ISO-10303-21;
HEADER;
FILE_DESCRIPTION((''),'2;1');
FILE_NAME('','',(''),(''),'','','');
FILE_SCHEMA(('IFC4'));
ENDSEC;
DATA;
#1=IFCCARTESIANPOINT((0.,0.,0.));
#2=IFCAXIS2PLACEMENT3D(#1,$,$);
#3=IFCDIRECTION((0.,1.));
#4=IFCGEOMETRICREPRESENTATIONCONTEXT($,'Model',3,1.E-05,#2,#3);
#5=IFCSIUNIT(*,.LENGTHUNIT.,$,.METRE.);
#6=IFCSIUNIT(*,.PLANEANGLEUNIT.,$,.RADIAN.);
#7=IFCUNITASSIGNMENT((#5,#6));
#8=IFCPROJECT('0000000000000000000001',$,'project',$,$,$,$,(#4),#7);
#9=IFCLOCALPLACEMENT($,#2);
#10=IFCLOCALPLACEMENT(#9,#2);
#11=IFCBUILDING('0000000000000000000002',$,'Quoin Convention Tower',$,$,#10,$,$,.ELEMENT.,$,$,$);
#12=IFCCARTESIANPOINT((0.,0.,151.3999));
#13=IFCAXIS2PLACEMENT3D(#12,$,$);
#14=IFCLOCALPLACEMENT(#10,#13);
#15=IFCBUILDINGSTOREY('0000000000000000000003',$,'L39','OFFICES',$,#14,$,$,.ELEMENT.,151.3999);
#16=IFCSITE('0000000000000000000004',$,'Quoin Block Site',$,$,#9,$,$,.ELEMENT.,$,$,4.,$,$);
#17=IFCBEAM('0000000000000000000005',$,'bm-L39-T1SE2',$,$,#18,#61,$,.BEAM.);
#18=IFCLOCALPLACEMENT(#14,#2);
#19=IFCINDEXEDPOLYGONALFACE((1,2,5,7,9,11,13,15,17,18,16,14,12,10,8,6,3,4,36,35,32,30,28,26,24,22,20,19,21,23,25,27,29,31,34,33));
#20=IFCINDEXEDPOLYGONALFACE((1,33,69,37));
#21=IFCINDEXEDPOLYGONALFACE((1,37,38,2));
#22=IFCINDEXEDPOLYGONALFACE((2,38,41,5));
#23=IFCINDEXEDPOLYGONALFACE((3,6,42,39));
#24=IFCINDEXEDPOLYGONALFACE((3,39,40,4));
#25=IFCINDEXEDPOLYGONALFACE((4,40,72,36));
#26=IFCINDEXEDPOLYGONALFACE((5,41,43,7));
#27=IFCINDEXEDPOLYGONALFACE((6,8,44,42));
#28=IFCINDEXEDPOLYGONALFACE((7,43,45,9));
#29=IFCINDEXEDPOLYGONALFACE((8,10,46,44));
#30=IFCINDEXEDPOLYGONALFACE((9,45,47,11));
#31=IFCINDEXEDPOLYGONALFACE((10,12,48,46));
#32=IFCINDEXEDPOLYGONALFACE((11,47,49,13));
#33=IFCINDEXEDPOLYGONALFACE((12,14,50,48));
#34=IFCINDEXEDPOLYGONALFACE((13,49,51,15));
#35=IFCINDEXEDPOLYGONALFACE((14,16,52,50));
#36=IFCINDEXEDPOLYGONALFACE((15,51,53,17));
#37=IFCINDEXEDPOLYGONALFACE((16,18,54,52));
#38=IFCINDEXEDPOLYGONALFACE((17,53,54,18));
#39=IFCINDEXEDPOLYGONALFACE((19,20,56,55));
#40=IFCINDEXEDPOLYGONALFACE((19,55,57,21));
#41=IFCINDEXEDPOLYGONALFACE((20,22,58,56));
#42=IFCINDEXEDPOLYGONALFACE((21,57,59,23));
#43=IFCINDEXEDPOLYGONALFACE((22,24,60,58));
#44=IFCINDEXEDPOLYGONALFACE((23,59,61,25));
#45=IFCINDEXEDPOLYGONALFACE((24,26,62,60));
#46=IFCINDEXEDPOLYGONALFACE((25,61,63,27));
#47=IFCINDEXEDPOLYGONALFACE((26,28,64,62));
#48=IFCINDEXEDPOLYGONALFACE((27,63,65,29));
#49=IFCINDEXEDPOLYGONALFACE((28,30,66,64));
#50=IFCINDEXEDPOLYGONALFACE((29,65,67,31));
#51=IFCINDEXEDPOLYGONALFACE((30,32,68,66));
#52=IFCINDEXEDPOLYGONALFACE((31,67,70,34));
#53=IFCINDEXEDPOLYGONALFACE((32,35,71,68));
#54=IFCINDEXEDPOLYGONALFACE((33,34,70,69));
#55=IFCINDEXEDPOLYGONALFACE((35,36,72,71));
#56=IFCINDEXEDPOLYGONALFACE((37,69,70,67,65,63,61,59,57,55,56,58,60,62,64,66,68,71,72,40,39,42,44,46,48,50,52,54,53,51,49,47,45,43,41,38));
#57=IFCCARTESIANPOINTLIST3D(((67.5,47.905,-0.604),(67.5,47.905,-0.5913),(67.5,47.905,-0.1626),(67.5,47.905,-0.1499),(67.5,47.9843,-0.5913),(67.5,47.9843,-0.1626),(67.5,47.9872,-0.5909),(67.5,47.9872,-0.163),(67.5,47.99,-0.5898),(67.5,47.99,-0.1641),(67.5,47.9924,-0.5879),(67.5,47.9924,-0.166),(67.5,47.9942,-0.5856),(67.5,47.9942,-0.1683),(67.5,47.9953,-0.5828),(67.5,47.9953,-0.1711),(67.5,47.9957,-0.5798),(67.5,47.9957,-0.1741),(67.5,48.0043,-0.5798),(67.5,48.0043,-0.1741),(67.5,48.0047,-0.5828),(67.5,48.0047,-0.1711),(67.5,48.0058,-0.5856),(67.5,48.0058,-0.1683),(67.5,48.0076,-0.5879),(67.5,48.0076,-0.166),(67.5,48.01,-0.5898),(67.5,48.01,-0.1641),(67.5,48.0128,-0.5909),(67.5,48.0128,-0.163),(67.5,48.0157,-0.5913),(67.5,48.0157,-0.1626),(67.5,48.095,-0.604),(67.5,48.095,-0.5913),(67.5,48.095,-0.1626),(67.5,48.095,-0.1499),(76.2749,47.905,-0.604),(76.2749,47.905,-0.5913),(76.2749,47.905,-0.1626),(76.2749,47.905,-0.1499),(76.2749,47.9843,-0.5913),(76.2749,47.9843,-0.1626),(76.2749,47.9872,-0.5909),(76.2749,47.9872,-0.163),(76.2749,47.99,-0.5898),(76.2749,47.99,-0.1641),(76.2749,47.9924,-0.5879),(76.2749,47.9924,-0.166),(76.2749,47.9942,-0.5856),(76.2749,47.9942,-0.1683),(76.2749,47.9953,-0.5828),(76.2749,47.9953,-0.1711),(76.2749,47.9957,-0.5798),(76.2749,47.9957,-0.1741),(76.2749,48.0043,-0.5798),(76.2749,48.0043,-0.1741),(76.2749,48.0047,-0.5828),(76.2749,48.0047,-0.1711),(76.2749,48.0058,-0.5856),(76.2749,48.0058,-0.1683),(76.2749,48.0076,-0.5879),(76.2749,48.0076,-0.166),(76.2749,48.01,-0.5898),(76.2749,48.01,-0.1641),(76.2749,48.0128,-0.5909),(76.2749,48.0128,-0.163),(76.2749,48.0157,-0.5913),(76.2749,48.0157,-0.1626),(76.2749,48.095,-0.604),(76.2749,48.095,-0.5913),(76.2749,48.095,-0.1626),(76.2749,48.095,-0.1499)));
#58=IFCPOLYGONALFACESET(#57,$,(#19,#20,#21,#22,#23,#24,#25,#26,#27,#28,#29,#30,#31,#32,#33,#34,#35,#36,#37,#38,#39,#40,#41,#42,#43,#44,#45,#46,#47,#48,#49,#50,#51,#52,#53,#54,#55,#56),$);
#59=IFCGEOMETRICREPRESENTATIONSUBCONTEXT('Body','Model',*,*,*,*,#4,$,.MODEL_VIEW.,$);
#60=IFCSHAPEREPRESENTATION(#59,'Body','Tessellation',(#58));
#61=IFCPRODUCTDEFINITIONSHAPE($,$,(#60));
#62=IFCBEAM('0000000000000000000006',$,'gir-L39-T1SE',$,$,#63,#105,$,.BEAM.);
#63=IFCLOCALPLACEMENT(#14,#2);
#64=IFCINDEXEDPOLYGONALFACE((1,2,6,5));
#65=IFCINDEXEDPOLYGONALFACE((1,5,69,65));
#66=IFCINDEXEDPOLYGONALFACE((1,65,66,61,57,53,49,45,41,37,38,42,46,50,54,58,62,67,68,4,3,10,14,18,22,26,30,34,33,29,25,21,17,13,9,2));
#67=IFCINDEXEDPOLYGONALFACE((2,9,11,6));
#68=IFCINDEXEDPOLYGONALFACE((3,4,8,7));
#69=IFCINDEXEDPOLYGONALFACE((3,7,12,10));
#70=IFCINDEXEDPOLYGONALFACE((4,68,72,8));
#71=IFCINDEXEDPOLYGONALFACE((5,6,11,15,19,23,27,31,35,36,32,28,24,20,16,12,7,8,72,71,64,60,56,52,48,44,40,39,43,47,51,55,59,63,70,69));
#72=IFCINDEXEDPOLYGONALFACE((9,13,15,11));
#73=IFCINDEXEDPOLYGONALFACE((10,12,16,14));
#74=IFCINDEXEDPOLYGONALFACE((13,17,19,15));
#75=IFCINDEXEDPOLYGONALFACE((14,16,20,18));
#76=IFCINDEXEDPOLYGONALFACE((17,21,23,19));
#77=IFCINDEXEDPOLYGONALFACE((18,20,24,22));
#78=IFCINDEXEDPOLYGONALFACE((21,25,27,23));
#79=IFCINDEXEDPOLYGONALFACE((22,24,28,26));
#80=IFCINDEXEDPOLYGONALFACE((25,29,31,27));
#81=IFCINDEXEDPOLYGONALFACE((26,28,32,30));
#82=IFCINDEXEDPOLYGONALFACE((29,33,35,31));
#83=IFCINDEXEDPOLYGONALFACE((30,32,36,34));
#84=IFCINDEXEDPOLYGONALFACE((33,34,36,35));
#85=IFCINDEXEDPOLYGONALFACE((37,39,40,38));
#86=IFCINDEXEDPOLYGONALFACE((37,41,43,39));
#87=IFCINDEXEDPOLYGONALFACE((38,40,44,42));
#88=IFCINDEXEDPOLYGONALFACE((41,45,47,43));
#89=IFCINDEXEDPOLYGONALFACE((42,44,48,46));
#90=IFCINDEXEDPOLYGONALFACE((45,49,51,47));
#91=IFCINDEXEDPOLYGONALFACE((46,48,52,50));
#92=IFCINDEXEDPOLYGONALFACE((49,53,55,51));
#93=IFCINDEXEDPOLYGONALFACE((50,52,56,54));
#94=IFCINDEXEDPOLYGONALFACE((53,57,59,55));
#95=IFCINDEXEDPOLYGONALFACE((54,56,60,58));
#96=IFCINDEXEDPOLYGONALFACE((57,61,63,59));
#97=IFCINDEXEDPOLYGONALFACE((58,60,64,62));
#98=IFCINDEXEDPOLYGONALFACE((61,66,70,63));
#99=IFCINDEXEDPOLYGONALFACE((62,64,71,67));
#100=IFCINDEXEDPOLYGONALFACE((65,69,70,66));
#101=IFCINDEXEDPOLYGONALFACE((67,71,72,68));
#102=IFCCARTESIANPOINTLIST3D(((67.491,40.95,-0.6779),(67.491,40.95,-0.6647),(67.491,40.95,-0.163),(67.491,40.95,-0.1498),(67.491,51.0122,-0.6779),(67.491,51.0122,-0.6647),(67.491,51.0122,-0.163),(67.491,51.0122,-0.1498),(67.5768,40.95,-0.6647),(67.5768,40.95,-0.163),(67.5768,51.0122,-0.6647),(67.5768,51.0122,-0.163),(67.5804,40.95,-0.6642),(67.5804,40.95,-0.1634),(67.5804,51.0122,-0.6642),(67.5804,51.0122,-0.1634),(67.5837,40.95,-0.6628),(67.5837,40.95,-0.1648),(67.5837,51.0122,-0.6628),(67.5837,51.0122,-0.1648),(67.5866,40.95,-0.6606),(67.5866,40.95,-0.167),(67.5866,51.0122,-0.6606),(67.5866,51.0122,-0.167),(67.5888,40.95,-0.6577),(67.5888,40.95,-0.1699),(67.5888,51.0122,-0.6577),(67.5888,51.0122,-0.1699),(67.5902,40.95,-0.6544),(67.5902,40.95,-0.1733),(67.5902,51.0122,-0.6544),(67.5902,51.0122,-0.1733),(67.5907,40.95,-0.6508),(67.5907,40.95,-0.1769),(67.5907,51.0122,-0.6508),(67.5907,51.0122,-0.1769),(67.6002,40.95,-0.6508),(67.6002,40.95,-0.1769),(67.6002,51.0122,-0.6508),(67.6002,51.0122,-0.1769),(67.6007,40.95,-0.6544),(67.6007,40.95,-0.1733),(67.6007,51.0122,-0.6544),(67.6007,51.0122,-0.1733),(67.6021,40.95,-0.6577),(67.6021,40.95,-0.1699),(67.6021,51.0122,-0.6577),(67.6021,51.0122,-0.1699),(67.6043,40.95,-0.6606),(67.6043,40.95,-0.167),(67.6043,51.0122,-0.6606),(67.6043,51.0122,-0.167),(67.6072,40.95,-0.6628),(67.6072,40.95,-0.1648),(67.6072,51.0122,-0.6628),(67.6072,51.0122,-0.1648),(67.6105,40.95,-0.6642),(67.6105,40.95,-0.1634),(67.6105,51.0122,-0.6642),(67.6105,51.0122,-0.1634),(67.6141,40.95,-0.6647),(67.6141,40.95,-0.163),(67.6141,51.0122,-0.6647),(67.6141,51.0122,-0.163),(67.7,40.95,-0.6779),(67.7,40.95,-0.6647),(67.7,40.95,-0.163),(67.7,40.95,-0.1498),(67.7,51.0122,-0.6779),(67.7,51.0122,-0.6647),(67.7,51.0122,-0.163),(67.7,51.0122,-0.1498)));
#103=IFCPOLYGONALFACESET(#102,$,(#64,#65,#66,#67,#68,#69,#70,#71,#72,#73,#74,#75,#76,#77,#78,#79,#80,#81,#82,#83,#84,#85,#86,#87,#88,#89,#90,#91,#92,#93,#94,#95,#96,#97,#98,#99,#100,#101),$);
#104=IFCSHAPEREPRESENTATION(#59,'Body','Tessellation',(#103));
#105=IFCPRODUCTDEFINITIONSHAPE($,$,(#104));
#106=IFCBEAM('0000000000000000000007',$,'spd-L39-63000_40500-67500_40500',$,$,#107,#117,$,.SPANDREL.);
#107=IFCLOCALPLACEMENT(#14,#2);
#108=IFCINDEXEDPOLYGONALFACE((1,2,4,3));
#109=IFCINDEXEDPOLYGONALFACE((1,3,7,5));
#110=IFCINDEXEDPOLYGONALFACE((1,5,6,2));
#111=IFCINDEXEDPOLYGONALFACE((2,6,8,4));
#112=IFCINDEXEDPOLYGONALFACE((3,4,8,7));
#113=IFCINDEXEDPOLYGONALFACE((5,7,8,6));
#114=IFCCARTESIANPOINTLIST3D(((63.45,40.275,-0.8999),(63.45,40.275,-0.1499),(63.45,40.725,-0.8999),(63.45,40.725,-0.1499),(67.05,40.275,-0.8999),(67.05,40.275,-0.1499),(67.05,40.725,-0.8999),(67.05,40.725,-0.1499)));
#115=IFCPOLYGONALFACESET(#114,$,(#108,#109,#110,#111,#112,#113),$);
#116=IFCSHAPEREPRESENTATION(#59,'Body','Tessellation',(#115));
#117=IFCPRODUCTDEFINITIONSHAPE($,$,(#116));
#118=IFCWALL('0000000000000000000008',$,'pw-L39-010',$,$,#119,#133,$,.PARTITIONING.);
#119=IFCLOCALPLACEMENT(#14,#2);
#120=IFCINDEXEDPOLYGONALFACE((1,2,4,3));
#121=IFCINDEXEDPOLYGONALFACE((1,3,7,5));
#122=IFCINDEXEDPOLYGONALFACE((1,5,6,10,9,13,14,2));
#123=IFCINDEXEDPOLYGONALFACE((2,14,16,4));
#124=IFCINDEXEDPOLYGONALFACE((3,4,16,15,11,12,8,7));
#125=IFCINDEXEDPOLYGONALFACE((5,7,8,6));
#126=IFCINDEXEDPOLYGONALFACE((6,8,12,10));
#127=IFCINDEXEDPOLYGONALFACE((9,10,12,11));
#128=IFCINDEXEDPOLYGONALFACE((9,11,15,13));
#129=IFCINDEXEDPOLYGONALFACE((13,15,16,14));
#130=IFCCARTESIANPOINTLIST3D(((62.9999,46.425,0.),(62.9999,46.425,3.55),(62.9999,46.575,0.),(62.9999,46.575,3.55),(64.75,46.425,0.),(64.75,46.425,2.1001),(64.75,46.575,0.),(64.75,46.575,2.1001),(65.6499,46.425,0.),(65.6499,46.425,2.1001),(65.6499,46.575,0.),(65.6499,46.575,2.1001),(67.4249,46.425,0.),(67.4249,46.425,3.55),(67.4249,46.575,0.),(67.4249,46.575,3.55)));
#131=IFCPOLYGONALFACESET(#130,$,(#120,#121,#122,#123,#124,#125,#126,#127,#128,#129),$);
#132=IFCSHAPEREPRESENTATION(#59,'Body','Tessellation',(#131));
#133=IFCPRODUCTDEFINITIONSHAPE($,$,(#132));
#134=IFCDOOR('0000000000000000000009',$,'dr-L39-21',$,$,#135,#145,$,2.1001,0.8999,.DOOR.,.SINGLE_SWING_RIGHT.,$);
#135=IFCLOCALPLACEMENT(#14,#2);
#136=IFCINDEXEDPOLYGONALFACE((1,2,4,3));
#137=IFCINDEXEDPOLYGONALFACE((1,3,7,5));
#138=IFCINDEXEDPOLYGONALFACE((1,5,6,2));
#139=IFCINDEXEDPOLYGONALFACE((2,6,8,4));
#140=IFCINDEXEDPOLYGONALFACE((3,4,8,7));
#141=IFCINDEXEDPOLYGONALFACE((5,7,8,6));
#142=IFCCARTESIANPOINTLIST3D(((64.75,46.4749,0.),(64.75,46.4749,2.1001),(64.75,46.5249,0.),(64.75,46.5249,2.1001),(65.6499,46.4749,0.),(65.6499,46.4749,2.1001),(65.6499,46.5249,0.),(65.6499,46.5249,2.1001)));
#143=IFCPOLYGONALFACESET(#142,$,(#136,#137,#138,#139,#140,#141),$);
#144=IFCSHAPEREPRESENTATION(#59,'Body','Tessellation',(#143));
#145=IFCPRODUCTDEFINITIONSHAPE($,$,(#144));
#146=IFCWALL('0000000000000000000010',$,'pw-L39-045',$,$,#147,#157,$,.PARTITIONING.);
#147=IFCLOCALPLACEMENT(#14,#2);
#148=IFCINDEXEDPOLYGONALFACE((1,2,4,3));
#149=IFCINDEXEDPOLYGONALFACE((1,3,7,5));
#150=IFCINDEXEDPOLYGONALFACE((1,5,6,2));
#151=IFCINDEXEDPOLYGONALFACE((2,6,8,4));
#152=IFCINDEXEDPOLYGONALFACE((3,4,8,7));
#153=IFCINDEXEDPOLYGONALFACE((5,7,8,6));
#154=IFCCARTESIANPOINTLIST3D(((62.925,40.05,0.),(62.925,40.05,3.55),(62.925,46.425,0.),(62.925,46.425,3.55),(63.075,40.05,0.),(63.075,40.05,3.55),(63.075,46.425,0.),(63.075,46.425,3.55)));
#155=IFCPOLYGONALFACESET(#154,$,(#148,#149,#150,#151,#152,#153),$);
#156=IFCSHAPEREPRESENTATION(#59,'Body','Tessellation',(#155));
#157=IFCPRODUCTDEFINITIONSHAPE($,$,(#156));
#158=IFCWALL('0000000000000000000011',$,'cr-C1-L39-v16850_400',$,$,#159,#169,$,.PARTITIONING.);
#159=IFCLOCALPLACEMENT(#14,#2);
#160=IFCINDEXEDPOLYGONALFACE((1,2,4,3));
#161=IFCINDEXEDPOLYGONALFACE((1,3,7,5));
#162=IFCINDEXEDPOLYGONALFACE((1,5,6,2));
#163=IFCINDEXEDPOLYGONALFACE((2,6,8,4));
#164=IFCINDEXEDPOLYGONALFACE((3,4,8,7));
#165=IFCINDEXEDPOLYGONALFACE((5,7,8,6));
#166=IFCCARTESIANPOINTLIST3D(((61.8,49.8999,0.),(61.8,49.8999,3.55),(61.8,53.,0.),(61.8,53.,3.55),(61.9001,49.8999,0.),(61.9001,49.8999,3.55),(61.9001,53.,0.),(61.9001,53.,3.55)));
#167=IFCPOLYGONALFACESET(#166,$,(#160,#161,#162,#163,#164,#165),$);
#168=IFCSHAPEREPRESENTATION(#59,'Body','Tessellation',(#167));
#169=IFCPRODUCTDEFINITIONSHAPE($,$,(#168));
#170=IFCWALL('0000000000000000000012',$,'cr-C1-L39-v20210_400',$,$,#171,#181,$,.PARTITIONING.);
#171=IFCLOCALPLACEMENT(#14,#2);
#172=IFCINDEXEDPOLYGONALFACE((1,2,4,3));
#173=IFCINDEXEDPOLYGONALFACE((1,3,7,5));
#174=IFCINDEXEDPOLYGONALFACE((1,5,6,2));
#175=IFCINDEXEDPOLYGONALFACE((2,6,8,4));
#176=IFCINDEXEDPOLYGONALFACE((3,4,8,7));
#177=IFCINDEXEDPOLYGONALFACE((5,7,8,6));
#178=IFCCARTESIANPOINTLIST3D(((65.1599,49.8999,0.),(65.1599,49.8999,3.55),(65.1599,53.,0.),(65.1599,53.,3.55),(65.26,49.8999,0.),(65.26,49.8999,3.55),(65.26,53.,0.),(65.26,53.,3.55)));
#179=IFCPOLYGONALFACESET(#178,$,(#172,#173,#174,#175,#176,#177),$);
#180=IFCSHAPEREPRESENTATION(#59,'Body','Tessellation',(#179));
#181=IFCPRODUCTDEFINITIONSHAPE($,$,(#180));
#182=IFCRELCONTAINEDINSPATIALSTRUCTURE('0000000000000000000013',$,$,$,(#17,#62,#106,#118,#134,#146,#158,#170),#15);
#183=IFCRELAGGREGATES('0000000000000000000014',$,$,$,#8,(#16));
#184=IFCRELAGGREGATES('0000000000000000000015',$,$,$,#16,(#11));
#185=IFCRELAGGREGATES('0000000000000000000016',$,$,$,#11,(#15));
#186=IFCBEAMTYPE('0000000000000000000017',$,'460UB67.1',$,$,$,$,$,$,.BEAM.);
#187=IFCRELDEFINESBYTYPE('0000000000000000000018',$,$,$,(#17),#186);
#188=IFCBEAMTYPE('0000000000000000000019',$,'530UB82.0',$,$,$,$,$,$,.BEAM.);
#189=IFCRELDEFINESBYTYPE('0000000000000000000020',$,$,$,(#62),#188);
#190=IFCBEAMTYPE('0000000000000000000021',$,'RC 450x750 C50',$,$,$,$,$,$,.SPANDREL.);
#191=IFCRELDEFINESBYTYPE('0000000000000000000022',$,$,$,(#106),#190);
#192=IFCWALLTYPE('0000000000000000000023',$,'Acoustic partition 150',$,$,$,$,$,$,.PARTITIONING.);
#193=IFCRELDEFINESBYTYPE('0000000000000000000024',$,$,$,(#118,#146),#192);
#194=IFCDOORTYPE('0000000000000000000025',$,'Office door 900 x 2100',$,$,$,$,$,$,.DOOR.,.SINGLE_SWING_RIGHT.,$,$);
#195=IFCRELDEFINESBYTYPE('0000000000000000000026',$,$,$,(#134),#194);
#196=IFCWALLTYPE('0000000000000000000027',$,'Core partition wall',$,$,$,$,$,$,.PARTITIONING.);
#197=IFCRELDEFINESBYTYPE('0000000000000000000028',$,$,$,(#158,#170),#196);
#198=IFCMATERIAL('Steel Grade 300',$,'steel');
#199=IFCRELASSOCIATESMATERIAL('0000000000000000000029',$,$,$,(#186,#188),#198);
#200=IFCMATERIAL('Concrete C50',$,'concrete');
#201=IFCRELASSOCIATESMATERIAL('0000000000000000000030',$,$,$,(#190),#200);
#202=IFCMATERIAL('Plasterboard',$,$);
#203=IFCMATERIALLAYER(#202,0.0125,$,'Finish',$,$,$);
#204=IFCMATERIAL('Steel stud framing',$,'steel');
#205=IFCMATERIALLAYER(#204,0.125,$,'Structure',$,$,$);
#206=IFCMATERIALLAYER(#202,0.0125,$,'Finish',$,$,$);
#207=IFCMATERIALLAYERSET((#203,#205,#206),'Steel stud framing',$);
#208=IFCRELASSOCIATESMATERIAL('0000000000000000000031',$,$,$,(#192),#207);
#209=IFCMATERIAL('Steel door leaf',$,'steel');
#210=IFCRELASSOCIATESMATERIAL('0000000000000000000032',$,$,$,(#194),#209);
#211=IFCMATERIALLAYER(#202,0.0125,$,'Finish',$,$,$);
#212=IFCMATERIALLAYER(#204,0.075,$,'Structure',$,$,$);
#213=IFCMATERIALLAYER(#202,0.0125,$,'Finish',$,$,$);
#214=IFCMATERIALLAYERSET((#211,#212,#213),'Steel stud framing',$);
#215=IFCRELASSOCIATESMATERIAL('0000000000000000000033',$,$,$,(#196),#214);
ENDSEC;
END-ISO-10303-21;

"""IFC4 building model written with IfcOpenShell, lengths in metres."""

from ifc_helpers import new_model, si_unit, direction, frame, frame_2d, origin, origin_2d, place, context, subcontext, project, spatial, rectangle, i_section, extrude, material, layer, layer_set, material_profile, profile_set, type_object, element, fill, save


model = new_model("IFC4")

# Units and contexts
model_context = context("Model", 3, precision=1e-05, world=origin(), true_north=direction((0.0, 1.0)))
body_context = subcontext(model_context, "Body", "Model", "MODEL_VIEW")
ifc_project = project(units=[si_unit("LENGTHUNIT", "METRE"), si_unit("PLANEANGLEUNIT", "RADIAN")], contexts=[model_context])

# Site, building, storey
site_placement = place(None, origin())
site = spatial("IfcSite", under=ifc_project, at=site_placement, Name="Quoin Block Site", CompositionType="ELEMENT", RefElevation=4.0)
building_placement = place(site_placement, origin())
building = spatial("IfcBuilding", under=site, at=building_placement, Name="Quoin Convention Tower", CompositionType="ELEMENT")
storey_placement = place(building_placement, frame((0.0, 0.0, 151.3999)))
storey = spatial("IfcBuildingStorey", under=building, at=storey_placement, Name="L39", Description="OFFICES", CompositionType="ELEMENT", Elevation=151.3999)

# Shared definitions
ifc_material_1 = material(Name="Concrete C50", Category="concrete")

# Beams
ifc_material_2 = material(Name="Steel Grade 300", Category="steel")
ifc_material_profile_1 = material_profile(ifc_material_2, i_section(OverallWidth=0.1899, OverallDepth=0.4541, WebThickness=0.0085, FlangeThickness=0.0127, FilletRadius=0.0115, at=origin_2d()), Name="460UB67.1")
ifc_profile_set_1 = profile_set([ifc_material_profile_1], Name="Steel Grade 300")
beam_type_1 = type_object("IfcBeamType", Name="460UB67.1", PredefinedType="BEAM", material=ifc_profile_set_1)
beam_1_placement = place(storey_placement, frame((67.5, 48.0, -0.377), z_axis=(1.0, 0.0, 0.0), x_axis=(0.0, 1.0, 0.0)))
element("IfcBeam", 1, at=beam_1_placement, inside=storey, type_object=beam_type_1, Name="bm-L39-T1SE2", PredefinedType="BEAM", context=body_context, shape_type="SweptSolid", body=[
    extrude(i_section(OverallWidth=0.1899, OverallDepth=0.4541, WebThickness=0.0085, FlangeThickness=0.0127, FilletRadius=0.0115, at=origin_2d()), origin(), (0.0, 0.0, 1.0), 8.7749),
])
ifc_material_profile_2 = material_profile(ifc_material_2, i_section(OverallWidth=0.209, OverallDepth=0.5281, WebThickness=0.0095, FlangeThickness=0.0132, FilletRadius=0.0139, at=origin_2d()), Name="530UB82.0")
ifc_profile_set_2 = profile_set([ifc_material_profile_2], Name="Steel Grade 300")
beam_type_2 = type_object("IfcBeamType", Name="530UB82.0", PredefinedType="BEAM", material=ifc_profile_set_2)
beam_2_placement = place(storey_placement, frame((67.5955, 40.95, -0.4138), z_axis=(0.0, 1.0, 0.0), x_axis=(-1.0, 0.0, 0.0)))
element("IfcBeam", 2, at=beam_2_placement, inside=storey, type_object=beam_type_2, Name="gir-L39-T1SE", PredefinedType="BEAM", context=body_context, shape_type="SweptSolid", body=[
    extrude(i_section(OverallWidth=0.209, OverallDepth=0.5281, WebThickness=0.0095, FlangeThickness=0.0132, FilletRadius=0.0139, at=origin_2d()), origin(), (0.0, 0.0, 1.0), 10.0623),
])
ifc_material_profile_3 = material_profile(ifc_material_1, rectangle(XDim=0.45, YDim=0.75, at=origin_2d()), Name="RC 450x750")
ifc_profile_set_3 = profile_set([ifc_material_profile_3], Name="Concrete C50")
beam_type_3 = type_object("IfcBeamType", Name="RC 450x750 C50", PredefinedType="SPANDREL", material=ifc_profile_set_3)
beam_3_placement = place(storey_placement, frame((63.45, 40.5, -0.5249), z_axis=(1.0, 0.0, 0.0), x_axis=(0.0, 1.0, 0.0)))
element("IfcBeam", 3, at=beam_3_placement, inside=storey, type_object=beam_type_3, Name="spd-L39-63000_40500-67500_40500", PredefinedType="SPANDREL", context=body_context, shape_type="SweptSolid", body=[
    extrude(rectangle(XDim=0.45, YDim=0.75, at=origin_2d()), origin(), (0.0, 0.0, 1.0), 3.6001),
])

# Wall, opening, door
ifc_material_3 = material(Name="Plasterboard")
ifc_layer_1 = layer(ifc_material_3, 0.0125, Name="Finish")
ifc_material_4 = material(Name="Steel stud framing", Category="steel")
ifc_layer_2 = layer(ifc_material_4, 0.125, Name="Structure")
ifc_layer_3 = layer(ifc_material_3, 0.0125, Name="Finish")
ifc_layer_set_1 = layer_set([ifc_layer_1, ifc_layer_2, ifc_layer_3], Name="Steel stud framing")
wall_type_1 = type_object("IfcWallType", Name="Acoustic partition 150", PredefinedType="PARTITIONING", material=ifc_layer_set_1)
wall_1_placement = place(storey_placement, frame((63.0, 46.5, 0.0), z_axis=(0.0, 0.0, 1.0), x_axis=(1.0, 0.0, 0.0)))
wall_1 = element("IfcWall", 4, at=wall_1_placement, inside=storey, type_object=wall_type_1, Name="pw-L39-010", PredefinedType="PARTITIONING", context=body_context, shape_type="SweptSolid", body=[
    extrude(rectangle(XDim=4.425, YDim=0.1499, at=frame_2d((2.2124, 0.0))), origin(), (0.0, 0.0, 1.0), 3.55),
])
opening_1_placement = place(wall_1_placement, frame((1.75, 0.0, 0.0)))
opening_1 = element("IfcOpeningElement", 5, at=opening_1_placement, cuts=wall_1, PredefinedType="OPENING", context=body_context, shape_type="SweptSolid", body=[
    extrude(rectangle(XDim=0.8999, YDim=2.1001, at=frame_2d((0.45, 1.05))), frame((0.0, 0.085, 0.0), z_axis=(0.0, -1.0, 0.0), x_axis=(1.0, 0.0, 0.0)), (0.0, 0.0, 1.0), 0.1699),
])
ifc_material_5 = material(Name="Steel door leaf", Category="steel")
door_type_1 = type_object("IfcDoorType", Name="Office door 900 x 2100", OperationType="SINGLE_SWING_RIGHT", PredefinedType="DOOR", material=ifc_material_5)
door_1_placement = place(opening_1_placement, origin())
door_1 = element("IfcDoor", 6, at=door_1_placement, inside=storey, type_object=door_type_1, Name="dr-L39-21", OperationType="SINGLE_SWING_RIGHT", OverallHeight=2.1001, OverallWidth=0.8999, PredefinedType="DOOR", context=body_context, shape_type="SweptSolid", body=[
    extrude(rectangle(XDim=0.8999, YDim=2.1001, at=frame_2d((0.45, 1.05))), frame((0.0, 0.0249, 0.0), z_axis=(0.0, -1.0, 0.0), x_axis=(1.0, 0.0, 0.0)), (0.0, 0.0, 1.0), 0.05),
])
fill(opening_1, door_1)

# Walls
wall_2_placement = place(storey_placement, frame((63.0, 40.05, 0.0), z_axis=(0.0, 0.0, 1.0), x_axis=(0.0, 1.0, 0.0)))
element("IfcWall", 7, at=wall_2_placement, inside=storey, type_object=wall_type_1, Name="pw-L39-045", PredefinedType="PARTITIONING", context=body_context, shape_type="SweptSolid", body=[
    extrude(rectangle(XDim=6.375, YDim=0.1499, at=frame_2d((3.1875, 0.0))), origin(), (0.0, 0.0, 1.0), 3.55),
])
ifc_layer_4 = layer(ifc_material_3, 0.0125, Name="Finish")
ifc_layer_5 = layer(ifc_material_4, 0.075, Name="Structure")
ifc_layer_6 = layer(ifc_material_3, 0.0125, Name="Finish")
ifc_layer_set_2 = layer_set([ifc_layer_4, ifc_layer_5, ifc_layer_6], Name="Steel stud framing")
wall_type_2 = type_object("IfcWallType", Name="Core partition wall", PredefinedType="PARTITIONING", material=ifc_layer_set_2)
for number, where, z_axis, x_axis, name in (
    (8, (61.8501, 49.8999, 0.0), (0.0, 0.0, 1.0), (0.0, 1.0, 0.0), "cr-C1-L39-v16850_400"),
    (9, (65.21, 49.8999, 0.0), (0.0, 0.0, 1.0), (0.0, 1.0, 0.0), "cr-C1-L39-v20210_400"),
):
    element("IfcWall", number, at=place(storey_placement, frame(where, z_axis=z_axis, x_axis=x_axis)), inside=storey, type_object=wall_type_2, Name=name, PredefinedType="PARTITIONING", context=body_context, shape_type="SweptSolid", body=[
        extrude(rectangle(XDim=3.1001, YDim=0.1001, at=frame_2d((1.55, 0.0))), origin(), (0.0, 0.0, 1.0), 3.55),
    ])

save(model, "model.ifc")
